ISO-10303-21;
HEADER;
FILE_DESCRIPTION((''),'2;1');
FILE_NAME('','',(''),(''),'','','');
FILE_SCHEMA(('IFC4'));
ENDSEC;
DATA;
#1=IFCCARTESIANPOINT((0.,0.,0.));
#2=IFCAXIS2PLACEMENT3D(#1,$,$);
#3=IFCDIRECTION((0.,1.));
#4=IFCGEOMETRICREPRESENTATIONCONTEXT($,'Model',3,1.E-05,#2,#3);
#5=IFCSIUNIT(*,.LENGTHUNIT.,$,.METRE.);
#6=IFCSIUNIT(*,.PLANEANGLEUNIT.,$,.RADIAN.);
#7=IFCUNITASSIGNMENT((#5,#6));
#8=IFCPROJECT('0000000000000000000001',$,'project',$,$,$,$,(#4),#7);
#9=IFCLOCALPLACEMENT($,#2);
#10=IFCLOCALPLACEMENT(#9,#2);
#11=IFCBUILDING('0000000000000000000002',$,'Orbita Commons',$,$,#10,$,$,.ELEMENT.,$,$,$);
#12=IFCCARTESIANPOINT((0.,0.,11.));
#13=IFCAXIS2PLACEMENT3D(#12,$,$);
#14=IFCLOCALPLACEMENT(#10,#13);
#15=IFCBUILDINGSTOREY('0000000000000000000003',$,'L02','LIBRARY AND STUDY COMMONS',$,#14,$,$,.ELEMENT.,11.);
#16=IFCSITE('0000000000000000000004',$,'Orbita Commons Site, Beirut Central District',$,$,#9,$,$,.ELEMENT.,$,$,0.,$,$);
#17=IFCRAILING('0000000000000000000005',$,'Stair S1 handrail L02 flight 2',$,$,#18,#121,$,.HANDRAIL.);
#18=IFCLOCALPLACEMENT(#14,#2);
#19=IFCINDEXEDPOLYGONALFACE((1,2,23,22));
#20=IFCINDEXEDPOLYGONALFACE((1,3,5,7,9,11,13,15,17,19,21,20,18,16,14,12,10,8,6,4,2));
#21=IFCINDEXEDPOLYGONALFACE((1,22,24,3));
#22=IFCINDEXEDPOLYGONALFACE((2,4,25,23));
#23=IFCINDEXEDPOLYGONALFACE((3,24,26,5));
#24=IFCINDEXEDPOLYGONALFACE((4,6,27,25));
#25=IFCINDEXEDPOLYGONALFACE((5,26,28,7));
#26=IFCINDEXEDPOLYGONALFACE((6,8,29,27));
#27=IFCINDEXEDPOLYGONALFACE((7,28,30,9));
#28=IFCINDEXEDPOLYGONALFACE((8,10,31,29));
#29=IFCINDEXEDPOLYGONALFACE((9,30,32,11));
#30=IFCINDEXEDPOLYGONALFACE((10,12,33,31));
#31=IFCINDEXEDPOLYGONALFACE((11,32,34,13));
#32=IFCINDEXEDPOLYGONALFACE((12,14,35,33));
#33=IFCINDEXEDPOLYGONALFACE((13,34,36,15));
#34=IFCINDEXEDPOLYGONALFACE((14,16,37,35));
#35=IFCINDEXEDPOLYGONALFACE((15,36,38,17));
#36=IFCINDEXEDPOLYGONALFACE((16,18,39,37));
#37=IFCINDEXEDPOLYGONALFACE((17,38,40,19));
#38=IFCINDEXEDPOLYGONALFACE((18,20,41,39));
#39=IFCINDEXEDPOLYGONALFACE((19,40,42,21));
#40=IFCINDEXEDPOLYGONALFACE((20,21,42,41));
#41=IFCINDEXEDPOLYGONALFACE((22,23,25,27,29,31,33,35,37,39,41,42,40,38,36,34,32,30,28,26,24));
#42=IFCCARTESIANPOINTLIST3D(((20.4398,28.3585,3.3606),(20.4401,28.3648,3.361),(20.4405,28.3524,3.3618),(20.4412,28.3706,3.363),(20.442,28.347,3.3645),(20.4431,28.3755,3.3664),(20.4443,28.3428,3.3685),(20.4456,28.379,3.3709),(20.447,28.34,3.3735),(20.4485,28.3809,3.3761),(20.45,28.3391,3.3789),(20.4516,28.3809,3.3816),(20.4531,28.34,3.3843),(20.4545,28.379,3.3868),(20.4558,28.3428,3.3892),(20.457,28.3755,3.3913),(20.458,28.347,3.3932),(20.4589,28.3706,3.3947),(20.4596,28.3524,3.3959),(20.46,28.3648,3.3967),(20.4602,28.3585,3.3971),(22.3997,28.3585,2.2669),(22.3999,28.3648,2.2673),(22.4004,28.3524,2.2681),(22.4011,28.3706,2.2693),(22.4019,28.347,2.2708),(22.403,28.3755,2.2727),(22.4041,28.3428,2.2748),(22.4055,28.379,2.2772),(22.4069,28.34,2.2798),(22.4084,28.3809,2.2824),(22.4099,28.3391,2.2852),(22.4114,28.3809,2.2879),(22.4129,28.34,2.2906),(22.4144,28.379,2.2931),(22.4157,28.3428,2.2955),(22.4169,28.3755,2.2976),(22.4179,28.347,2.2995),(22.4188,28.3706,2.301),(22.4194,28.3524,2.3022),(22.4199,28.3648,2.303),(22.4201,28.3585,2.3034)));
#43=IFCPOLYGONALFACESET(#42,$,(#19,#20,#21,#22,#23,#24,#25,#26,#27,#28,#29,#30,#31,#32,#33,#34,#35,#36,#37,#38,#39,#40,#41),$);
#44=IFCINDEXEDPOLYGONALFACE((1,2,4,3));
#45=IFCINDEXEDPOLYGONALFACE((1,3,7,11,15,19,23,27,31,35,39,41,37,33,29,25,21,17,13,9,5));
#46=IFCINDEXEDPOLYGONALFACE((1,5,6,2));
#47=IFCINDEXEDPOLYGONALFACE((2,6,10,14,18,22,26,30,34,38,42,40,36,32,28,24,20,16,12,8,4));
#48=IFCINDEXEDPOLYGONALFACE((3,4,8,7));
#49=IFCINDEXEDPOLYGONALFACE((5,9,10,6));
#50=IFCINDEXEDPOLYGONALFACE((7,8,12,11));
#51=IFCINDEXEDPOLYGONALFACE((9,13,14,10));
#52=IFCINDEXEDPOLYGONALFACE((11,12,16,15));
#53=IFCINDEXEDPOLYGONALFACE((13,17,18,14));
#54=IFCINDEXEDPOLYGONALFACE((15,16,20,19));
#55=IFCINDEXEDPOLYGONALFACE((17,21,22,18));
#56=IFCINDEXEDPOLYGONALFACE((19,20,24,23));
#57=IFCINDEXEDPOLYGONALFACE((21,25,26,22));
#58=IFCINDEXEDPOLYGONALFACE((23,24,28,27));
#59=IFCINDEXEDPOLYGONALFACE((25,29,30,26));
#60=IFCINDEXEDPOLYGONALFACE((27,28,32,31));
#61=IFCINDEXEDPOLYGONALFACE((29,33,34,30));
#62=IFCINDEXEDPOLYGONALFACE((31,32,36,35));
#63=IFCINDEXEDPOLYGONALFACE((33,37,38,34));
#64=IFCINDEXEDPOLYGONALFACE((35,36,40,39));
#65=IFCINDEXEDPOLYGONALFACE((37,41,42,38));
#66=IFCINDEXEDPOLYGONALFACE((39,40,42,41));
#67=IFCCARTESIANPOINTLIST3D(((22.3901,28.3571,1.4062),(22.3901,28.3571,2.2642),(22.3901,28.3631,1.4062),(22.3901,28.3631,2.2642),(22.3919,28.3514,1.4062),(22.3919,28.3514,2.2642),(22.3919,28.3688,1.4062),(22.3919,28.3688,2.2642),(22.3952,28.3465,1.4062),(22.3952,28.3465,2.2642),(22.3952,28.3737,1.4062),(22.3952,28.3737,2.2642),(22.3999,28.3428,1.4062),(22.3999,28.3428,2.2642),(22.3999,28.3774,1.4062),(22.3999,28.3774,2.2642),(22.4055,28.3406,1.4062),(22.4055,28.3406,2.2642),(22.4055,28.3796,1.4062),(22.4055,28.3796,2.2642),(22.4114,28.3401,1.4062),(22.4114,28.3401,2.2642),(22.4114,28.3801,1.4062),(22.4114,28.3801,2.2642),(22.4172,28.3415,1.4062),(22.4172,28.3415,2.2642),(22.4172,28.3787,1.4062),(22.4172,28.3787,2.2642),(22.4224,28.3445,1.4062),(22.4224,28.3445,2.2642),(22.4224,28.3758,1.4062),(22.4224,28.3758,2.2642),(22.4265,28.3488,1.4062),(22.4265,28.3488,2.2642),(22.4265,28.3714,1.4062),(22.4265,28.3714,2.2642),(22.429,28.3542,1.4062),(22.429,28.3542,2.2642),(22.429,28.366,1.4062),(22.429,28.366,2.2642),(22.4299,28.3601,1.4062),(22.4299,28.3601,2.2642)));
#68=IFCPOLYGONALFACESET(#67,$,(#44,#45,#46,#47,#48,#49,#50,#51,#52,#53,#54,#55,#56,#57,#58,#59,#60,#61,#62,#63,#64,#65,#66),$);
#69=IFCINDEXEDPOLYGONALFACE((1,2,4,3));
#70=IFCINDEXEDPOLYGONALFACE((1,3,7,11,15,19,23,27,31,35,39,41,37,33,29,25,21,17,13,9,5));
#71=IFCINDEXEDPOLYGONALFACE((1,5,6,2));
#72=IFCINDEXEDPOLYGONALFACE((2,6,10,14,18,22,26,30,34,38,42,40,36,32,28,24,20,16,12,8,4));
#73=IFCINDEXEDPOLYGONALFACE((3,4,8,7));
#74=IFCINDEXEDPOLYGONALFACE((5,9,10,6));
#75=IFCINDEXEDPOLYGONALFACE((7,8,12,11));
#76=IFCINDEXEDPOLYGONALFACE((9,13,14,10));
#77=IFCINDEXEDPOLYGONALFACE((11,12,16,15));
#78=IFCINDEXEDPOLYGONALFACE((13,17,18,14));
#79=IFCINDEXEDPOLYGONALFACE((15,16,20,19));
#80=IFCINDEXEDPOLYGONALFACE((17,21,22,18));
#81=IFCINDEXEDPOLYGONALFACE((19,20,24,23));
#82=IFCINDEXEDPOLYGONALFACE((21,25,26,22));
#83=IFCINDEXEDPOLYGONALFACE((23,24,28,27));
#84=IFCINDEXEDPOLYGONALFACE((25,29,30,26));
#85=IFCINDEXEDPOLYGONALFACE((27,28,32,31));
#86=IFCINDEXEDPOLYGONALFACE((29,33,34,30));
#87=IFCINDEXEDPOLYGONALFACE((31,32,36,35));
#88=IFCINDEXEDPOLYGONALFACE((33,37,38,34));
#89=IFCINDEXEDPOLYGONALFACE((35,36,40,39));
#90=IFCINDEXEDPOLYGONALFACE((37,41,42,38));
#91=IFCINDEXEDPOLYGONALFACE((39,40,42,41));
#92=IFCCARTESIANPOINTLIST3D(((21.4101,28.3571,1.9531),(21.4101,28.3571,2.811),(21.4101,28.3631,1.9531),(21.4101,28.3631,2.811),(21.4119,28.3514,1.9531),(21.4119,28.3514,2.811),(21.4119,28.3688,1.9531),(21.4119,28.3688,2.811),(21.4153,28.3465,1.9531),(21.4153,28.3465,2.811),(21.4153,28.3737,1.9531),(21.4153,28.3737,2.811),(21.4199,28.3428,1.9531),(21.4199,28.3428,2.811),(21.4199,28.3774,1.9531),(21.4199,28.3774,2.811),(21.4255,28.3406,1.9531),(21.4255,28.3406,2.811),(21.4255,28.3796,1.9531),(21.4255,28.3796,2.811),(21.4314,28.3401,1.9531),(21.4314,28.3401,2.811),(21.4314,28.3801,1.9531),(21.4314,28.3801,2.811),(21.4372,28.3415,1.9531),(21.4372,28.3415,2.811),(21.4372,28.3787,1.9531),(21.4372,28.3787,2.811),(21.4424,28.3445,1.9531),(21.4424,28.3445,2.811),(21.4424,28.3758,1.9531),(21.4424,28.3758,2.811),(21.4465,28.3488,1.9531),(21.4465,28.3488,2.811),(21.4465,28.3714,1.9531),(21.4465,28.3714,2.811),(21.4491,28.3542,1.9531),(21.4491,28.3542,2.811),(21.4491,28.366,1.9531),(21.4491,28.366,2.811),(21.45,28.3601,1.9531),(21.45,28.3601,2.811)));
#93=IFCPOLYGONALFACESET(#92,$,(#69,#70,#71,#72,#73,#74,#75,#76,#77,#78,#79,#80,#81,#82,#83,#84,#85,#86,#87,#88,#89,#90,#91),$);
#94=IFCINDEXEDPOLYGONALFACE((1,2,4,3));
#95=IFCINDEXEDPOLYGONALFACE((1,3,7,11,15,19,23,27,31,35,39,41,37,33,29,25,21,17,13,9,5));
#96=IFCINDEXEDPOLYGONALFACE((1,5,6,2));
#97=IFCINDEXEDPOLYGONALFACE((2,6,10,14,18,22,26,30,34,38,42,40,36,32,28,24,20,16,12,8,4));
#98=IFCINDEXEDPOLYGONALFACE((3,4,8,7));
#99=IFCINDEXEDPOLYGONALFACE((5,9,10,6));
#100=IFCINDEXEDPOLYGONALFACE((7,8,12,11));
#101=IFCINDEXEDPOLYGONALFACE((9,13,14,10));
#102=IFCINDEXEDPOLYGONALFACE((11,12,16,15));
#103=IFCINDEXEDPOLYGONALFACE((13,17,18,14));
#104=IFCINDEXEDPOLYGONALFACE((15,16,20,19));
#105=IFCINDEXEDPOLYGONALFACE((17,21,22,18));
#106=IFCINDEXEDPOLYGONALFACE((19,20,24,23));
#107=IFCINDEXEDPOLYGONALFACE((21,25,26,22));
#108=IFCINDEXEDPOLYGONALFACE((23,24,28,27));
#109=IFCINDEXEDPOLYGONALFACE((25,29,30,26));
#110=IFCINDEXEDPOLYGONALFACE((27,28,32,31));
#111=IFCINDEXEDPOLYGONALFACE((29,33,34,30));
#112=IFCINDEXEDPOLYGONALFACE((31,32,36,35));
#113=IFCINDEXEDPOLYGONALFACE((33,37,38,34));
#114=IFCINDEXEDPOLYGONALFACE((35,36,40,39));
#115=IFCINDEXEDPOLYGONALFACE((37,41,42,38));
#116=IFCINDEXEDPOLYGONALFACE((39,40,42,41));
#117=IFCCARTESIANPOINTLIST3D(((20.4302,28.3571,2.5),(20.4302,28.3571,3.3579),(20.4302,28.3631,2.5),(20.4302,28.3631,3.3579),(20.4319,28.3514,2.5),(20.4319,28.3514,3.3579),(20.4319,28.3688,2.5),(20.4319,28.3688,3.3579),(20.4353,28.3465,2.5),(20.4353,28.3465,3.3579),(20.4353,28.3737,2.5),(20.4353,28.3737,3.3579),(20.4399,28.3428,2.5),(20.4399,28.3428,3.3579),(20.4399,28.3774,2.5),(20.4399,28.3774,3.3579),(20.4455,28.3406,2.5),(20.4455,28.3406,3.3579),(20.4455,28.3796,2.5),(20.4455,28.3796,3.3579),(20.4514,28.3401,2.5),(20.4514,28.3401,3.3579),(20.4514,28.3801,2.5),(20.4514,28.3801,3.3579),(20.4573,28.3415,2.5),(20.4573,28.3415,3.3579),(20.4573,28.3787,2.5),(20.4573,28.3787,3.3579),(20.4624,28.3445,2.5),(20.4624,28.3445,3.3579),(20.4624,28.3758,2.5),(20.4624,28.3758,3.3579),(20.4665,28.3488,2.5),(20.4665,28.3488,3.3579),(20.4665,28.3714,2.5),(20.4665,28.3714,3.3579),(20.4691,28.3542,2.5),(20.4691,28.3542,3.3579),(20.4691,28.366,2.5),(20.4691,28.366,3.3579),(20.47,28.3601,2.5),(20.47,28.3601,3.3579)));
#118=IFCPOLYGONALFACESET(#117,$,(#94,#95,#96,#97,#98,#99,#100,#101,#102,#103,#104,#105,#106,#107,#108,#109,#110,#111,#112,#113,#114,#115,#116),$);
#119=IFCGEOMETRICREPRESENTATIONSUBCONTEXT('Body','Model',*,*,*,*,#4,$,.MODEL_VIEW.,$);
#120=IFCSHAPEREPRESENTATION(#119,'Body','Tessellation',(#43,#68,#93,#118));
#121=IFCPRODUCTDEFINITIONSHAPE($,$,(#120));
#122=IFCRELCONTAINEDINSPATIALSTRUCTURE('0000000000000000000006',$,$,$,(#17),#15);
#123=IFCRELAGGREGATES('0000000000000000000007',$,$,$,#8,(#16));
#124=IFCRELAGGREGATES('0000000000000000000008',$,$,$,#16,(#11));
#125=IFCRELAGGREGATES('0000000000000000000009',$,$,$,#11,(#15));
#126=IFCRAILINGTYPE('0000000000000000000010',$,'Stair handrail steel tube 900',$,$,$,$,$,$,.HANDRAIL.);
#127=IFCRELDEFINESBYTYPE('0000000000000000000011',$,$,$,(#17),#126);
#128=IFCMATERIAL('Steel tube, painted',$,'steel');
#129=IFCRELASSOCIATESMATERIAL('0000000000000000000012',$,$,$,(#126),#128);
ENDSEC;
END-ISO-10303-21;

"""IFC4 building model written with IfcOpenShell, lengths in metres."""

from ifc_helpers import new_model, si_unit, direction, frame, origin, origin_2d, place, context, subcontext, project, spatial, circle, extrude, material, type_object, element, save


model = new_model("IFC4")

# Units and contexts
model_context = context("Model", 3, precision=1e-05, world=origin(), true_north=direction((0.0, 1.0)))
body_context = subcontext(model_context, "Body", "Model", "MODEL_VIEW")
ifc_project = project(units=[si_unit("LENGTHUNIT", "METRE"), si_unit("PLANEANGLEUNIT", "RADIAN")], contexts=[model_context])

# Site, building, storey
site_placement = place(None, origin())
site = spatial("IfcSite", under=ifc_project, at=site_placement, Name="Orbita Commons Site, Beirut Central District", CompositionType="ELEMENT", RefElevation=0.0)
building_placement = place(site_placement, origin())
building = spatial("IfcBuilding", under=site, at=building_placement, Name="Orbita Commons", CompositionType="ELEMENT")
storey_placement = place(building_placement, frame((0.0, 0.0, 11.0)))
storey = spatial("IfcBuildingStorey", under=building, at=storey_placement, Name="L02", Description="LIBRARY AND STUDY COMMONS", CompositionType="ELEMENT", Elevation=11.0)

# Railing
ifc_material_1 = material(Name="Steel tube, painted", Category="steel")
railing_type = type_object("IfcRailingType", Name="Stair handrail steel tube 900", PredefinedType="HANDRAIL", material=ifc_material_1)
railing_1_placement = place(storey_placement, frame((22.4099, 28.3601, 1.4062)))
element("IfcRailing", 1, at=railing_1_placement, inside=storey, type_object=railing_type, Name="Stair S1 handrail L02 flight 2", PredefinedType="HANDRAIL", context=body_context, shape_type="SweptSolid", body=[
    extrude(circle(Radius=0.021, at=origin_2d()), frame((0.0, 0.0, 0.8789), z_axis=(-0.873232, 0.0, 0.487304), x_axis=(0.0, -1.0, 0.0)), (0.0, 0.0, 1.0), 2.2444),
    extrude(circle(Radius=0.02, at=origin_2d()), origin(), (0.0, 0.0, 1.0), 0.8579),
    extrude(circle(Radius=0.02, at=origin_2d()), frame((-0.98, 0.0, 0.5469)), (0.0, 0.0, 1.0), 0.8579),
    extrude(circle(Radius=0.02, at=origin_2d()), frame((-1.96, 0.0, 1.0938)), (0.0, 0.0, 1.0), 0.8579),
])

save(model, "model.ifc")
